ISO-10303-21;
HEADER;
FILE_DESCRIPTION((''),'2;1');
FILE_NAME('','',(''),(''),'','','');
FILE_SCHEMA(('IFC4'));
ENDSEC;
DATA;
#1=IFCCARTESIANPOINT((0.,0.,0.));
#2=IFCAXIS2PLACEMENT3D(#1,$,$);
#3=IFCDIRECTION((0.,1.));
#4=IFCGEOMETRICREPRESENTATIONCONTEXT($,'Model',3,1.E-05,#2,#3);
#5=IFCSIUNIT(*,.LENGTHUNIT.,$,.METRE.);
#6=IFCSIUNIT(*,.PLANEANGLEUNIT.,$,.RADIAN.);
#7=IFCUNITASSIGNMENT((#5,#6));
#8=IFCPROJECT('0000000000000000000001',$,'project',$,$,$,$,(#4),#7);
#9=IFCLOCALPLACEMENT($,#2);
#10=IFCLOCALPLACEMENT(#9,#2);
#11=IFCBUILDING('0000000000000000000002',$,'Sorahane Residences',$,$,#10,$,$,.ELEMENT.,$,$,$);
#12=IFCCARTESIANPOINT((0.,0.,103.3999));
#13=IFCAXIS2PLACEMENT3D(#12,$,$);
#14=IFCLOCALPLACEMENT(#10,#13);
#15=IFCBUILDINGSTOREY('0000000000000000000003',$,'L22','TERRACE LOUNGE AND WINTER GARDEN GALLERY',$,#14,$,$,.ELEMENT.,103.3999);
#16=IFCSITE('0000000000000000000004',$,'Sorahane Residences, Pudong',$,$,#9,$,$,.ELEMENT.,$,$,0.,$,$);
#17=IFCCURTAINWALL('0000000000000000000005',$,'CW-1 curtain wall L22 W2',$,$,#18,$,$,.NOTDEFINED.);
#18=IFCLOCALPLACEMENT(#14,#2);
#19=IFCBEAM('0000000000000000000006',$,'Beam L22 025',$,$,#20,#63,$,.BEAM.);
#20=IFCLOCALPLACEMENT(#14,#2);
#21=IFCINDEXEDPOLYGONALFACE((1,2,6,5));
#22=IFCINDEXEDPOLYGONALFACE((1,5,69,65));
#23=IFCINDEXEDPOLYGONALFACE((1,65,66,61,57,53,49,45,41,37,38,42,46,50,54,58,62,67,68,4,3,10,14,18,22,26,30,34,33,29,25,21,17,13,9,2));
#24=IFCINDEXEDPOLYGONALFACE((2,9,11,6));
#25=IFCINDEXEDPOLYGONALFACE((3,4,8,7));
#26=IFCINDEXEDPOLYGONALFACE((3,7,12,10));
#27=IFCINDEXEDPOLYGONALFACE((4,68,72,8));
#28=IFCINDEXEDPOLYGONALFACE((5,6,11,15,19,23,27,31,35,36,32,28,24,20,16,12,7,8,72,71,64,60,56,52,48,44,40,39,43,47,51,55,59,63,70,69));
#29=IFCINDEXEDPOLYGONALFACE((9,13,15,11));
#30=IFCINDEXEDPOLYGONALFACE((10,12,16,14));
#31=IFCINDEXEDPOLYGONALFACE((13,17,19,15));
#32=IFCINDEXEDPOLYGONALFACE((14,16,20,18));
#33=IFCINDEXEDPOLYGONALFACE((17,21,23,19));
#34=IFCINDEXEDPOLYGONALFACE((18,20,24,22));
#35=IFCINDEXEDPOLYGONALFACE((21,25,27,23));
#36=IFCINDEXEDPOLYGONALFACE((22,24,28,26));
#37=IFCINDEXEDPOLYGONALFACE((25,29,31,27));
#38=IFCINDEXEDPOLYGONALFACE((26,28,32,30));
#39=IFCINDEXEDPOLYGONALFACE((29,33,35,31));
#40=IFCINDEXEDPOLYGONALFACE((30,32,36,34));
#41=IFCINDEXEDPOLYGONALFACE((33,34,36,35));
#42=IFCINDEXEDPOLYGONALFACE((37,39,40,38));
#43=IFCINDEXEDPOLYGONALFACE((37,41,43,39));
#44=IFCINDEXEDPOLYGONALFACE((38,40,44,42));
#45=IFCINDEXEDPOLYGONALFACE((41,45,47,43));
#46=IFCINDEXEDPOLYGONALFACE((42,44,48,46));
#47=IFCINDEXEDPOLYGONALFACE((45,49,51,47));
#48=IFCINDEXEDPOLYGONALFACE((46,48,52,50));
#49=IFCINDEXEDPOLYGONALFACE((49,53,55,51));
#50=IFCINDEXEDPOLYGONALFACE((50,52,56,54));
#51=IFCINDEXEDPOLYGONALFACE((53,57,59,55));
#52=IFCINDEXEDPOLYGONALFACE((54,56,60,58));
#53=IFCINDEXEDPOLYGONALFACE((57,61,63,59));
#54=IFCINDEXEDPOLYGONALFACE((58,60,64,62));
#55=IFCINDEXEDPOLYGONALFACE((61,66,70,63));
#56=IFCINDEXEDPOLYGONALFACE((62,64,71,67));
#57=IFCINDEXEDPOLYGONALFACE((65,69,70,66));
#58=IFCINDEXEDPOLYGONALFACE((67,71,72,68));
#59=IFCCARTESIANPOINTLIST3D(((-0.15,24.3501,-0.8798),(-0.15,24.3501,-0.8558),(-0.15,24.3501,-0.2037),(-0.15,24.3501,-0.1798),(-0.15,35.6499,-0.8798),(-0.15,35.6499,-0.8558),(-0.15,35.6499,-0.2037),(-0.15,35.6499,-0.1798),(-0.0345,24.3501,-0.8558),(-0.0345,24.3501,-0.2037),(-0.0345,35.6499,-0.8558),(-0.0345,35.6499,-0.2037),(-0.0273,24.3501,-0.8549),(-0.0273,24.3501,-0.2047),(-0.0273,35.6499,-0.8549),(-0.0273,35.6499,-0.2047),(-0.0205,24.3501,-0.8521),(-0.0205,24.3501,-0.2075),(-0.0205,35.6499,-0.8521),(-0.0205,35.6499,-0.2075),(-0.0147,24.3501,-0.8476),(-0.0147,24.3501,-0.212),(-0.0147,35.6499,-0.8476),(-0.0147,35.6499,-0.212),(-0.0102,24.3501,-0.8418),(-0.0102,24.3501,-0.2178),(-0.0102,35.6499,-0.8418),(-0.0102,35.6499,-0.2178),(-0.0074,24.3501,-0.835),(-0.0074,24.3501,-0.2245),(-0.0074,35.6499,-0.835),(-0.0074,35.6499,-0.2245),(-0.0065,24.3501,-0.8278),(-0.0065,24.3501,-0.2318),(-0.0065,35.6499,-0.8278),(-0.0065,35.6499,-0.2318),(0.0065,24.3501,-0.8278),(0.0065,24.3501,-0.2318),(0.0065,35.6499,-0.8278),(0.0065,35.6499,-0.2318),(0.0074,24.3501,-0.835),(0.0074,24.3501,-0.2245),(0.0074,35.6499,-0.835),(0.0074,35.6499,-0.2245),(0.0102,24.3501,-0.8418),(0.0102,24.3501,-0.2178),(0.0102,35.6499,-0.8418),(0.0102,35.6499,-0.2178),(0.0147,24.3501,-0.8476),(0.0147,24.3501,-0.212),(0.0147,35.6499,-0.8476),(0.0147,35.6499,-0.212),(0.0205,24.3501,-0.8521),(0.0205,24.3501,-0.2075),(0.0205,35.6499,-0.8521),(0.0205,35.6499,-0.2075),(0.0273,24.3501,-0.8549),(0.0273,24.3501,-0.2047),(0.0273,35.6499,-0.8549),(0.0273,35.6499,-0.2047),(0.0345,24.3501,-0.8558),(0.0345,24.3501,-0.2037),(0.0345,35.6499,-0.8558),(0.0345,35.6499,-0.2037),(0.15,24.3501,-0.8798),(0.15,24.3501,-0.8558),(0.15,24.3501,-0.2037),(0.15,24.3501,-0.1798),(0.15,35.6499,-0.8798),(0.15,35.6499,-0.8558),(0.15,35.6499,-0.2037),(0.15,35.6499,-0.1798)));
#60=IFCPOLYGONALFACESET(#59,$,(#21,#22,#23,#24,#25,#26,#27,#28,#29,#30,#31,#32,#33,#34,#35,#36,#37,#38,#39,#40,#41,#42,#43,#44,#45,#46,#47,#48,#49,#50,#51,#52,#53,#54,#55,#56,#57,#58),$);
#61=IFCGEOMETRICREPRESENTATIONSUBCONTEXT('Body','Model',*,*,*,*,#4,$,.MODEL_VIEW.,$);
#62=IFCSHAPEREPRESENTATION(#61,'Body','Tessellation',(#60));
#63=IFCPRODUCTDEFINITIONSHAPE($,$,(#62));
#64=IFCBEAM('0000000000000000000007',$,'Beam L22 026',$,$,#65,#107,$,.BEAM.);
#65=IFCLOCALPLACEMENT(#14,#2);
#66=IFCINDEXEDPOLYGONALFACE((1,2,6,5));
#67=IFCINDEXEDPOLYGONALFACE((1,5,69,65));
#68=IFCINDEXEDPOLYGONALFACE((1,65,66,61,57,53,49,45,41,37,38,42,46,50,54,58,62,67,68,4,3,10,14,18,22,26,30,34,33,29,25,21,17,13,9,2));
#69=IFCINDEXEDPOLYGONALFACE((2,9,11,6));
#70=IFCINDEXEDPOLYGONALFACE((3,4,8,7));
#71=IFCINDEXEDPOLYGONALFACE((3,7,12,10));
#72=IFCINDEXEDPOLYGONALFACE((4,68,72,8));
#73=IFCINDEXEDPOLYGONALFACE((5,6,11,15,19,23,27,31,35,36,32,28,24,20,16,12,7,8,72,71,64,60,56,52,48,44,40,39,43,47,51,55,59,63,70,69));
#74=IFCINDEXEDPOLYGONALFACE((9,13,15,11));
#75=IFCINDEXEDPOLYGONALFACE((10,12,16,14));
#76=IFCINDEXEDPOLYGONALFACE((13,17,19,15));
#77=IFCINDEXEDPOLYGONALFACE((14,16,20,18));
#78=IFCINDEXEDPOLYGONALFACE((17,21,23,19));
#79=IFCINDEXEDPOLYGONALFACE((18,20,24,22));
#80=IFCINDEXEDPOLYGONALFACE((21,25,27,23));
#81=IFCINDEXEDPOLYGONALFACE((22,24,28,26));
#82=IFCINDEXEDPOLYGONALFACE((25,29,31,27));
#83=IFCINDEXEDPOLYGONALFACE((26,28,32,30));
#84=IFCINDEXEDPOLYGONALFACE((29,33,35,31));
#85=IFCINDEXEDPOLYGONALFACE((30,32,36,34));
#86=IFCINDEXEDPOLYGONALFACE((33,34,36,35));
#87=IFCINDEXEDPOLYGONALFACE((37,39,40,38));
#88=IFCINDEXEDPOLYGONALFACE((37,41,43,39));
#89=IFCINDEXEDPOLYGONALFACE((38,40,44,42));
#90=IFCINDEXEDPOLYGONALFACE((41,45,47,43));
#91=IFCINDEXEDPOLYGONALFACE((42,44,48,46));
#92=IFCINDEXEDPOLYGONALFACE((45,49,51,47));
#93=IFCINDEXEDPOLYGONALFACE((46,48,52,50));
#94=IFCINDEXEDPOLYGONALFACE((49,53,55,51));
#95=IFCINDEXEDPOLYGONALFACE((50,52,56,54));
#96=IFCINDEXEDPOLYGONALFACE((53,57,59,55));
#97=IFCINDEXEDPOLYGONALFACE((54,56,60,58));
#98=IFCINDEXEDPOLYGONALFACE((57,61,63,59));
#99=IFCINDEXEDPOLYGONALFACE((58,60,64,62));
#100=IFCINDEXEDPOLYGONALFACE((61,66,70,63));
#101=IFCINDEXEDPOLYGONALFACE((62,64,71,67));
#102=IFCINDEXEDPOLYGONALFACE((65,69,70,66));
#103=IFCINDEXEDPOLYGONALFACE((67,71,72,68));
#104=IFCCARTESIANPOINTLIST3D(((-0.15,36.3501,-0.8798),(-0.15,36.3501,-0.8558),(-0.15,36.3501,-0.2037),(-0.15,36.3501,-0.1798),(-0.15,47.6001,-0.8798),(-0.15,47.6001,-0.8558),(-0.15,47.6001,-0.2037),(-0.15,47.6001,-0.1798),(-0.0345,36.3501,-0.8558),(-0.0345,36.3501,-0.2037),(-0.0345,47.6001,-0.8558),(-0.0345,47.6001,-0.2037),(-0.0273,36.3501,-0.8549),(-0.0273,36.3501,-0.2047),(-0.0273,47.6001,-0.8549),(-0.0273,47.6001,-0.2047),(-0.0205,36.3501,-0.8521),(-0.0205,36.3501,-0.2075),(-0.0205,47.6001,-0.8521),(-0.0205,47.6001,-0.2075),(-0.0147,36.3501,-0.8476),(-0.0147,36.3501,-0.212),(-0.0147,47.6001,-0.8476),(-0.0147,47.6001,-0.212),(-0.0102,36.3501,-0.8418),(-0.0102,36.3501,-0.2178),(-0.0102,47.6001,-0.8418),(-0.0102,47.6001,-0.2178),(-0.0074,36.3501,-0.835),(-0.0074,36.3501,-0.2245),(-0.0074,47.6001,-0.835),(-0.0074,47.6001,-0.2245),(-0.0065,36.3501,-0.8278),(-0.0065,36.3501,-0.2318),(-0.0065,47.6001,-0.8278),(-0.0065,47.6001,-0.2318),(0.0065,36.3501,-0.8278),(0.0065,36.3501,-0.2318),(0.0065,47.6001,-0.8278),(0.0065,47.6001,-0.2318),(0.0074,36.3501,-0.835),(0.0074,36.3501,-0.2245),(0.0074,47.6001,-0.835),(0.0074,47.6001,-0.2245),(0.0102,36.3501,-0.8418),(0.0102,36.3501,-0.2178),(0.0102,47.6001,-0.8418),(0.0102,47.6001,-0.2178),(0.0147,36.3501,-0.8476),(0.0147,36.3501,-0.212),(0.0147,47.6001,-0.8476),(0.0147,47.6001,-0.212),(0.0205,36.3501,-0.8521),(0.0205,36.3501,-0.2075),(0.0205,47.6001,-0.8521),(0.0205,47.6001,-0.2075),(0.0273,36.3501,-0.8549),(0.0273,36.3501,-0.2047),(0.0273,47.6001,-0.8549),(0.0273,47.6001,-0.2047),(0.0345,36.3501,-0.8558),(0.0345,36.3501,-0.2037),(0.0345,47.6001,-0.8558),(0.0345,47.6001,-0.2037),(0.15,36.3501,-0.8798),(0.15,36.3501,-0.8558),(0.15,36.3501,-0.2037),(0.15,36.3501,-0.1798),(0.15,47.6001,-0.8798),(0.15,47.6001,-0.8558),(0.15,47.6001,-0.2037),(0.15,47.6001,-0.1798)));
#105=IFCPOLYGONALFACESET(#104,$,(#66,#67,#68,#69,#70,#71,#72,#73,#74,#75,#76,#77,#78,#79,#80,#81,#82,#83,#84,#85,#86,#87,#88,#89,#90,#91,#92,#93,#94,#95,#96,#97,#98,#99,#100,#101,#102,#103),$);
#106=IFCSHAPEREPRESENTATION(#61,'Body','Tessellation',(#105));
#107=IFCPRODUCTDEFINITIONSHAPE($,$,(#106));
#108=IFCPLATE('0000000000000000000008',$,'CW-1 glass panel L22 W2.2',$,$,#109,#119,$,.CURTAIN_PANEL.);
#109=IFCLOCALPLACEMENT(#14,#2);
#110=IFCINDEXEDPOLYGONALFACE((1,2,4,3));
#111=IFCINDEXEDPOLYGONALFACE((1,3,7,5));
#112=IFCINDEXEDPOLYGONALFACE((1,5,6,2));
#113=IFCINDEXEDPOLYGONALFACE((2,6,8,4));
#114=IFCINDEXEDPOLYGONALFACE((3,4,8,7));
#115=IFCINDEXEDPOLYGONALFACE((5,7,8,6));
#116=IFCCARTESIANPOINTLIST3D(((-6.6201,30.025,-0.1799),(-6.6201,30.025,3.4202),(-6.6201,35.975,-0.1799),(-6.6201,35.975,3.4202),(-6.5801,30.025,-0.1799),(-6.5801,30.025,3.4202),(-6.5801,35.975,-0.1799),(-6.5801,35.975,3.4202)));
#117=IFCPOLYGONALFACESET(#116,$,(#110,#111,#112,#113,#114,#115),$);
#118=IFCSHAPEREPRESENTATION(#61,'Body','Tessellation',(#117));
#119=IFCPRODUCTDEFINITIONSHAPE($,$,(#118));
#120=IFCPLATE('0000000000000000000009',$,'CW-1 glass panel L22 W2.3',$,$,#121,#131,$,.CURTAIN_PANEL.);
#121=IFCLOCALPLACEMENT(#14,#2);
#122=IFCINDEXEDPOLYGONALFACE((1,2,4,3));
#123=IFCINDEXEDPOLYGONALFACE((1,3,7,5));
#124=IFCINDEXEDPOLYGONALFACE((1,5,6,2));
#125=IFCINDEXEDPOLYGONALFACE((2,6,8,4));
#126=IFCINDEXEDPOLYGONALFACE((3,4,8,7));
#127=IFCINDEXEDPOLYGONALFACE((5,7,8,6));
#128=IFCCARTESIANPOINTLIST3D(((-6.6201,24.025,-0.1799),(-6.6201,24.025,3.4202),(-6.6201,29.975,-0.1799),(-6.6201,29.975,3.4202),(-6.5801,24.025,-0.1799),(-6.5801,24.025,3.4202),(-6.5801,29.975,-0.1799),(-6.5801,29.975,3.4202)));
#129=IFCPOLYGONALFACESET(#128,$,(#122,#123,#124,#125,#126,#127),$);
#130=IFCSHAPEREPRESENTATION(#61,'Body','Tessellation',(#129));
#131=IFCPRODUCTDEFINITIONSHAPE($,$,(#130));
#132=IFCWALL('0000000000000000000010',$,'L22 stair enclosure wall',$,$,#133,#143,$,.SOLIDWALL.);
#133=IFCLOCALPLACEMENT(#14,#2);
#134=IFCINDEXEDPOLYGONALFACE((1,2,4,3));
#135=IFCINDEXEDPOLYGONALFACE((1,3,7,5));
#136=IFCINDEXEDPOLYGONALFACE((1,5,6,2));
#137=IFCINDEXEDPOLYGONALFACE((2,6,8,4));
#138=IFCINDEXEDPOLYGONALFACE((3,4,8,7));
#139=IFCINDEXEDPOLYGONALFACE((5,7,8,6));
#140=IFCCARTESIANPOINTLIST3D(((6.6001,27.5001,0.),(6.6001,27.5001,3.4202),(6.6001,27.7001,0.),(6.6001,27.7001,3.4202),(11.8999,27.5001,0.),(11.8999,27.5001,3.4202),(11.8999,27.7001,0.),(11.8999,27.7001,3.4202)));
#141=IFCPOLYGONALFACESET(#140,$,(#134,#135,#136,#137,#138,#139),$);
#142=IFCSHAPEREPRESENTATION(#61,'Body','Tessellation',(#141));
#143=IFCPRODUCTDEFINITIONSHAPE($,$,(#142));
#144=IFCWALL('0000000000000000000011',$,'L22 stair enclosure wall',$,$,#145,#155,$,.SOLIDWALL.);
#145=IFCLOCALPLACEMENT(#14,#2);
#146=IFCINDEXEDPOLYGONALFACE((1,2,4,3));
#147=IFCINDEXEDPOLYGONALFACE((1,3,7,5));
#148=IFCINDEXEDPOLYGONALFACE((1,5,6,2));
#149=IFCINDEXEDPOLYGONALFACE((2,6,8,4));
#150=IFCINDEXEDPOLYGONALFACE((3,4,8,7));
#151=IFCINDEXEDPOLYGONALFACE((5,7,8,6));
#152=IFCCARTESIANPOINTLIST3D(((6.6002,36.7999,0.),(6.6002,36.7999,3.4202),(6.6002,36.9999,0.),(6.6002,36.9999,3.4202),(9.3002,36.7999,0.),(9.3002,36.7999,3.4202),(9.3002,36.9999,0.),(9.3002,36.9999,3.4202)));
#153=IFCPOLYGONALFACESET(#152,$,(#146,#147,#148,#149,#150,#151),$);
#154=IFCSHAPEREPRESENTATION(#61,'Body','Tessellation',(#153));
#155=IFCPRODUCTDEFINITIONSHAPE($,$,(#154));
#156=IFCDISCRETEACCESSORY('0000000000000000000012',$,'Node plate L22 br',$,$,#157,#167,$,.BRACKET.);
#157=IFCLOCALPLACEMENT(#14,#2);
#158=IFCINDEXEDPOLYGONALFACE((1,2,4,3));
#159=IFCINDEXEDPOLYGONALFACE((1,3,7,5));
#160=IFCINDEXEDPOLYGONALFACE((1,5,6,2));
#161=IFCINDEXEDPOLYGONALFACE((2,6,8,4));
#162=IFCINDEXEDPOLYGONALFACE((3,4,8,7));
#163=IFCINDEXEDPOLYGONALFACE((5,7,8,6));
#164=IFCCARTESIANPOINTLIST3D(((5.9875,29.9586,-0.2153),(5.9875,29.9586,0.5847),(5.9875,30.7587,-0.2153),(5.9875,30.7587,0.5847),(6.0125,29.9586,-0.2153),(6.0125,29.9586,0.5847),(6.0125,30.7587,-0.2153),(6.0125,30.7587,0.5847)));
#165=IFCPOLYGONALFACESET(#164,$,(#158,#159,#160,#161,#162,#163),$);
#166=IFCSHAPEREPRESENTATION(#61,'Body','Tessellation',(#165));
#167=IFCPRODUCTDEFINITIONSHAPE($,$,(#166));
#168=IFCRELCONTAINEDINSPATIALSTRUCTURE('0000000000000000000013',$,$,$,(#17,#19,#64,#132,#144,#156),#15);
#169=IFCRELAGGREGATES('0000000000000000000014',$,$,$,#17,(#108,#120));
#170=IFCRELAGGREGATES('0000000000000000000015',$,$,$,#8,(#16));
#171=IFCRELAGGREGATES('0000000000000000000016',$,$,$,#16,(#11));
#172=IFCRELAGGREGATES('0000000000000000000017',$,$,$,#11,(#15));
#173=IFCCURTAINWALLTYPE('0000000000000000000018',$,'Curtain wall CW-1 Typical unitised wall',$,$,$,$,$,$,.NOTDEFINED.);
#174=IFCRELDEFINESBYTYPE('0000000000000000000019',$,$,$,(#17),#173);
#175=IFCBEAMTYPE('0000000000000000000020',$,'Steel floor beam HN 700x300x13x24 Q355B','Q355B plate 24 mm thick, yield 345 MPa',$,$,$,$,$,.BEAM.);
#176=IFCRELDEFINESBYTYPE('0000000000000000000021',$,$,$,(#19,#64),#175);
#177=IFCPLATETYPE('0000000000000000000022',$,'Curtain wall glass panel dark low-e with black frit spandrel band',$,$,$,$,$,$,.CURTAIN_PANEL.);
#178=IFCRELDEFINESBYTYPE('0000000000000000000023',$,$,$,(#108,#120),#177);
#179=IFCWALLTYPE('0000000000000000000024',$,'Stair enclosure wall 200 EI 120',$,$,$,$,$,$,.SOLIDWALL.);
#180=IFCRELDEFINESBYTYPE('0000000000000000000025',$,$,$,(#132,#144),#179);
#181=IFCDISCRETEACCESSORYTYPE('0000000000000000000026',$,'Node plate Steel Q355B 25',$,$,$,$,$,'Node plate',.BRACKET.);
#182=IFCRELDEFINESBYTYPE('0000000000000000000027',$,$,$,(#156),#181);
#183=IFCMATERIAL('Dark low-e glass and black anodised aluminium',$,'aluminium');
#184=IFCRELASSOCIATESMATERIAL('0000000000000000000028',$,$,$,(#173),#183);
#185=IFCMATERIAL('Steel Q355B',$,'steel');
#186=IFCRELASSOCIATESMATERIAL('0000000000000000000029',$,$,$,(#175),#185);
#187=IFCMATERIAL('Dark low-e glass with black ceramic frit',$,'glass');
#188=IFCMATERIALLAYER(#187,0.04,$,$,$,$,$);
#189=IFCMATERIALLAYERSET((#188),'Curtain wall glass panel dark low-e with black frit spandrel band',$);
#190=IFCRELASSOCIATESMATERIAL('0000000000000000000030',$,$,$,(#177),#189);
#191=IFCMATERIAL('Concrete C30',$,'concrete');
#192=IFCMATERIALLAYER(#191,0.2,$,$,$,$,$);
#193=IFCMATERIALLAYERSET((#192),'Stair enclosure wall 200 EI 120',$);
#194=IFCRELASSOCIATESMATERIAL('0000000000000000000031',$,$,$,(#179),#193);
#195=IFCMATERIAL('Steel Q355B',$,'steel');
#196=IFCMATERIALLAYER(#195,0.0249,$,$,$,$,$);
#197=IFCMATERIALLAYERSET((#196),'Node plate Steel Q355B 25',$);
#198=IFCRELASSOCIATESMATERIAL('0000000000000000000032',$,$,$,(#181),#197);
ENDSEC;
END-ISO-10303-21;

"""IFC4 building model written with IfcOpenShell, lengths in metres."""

from ifc_helpers import new_model, si_unit, direction, frame, frame_2d, origin, origin_2d, place, context, subcontext, project, spatial, rectangle, i_section, extrude, material, layer, layer_set, material_profile, profile_set, type_object, element, aggregate, save


model = new_model("IFC4")

# Units and contexts
model_context = context("Model", 3, precision=1e-05, world=origin(), true_north=direction((0.0, 1.0)))
body_context = subcontext(model_context, "Body", "Model", "MODEL_VIEW")
ifc_project = project(units=[si_unit("LENGTHUNIT", "METRE"), si_unit("PLANEANGLEUNIT", "RADIAN")], contexts=[model_context])

# Site, building, storey
site_placement = place(None, origin())
site = spatial("IfcSite", under=ifc_project, at=site_placement, Name="Sorahane Residences, Pudong", CompositionType="ELEMENT", RefElevation=0.0)
building_placement = place(site_placement, origin())
building = spatial("IfcBuilding", under=site, at=building_placement, Name="Sorahane Residences", CompositionType="ELEMENT")
storey_placement = place(building_placement, frame((0.0, 0.0, 103.3999)))
storey = spatial("IfcBuildingStorey", under=building, at=storey_placement, Name="L22", Description="TERRACE LOUNGE AND WINTER GARDEN GALLERY", CompositionType="ELEMENT", Elevation=103.3999)

# Curtain wall
ifc_material_1 = material(Name="Dark low-e glass and black anodised aluminium", Category="aluminium")
curtain_wall_type = type_object("IfcCurtainWallType", Name="Curtain wall CW-1 Typical unitised wall", PredefinedType="NOTDEFINED", material=ifc_material_1)
curtain_wall_placement = place(storey_placement, origin())
curtain_wall = element("IfcCurtainWall", 1, at=curtain_wall_placement, inside=storey, type_object=curtain_wall_type, Name="CW-1 curtain wall L22 W2", PredefinedType="NOTDEFINED")

# Beams
ifc_material_2 = material(Name="Steel Q355B", Category="steel")
ifc_material_profile_1 = material_profile(ifc_material_2, i_section(OverallWidth=0.3, OverallDepth=0.7, WebThickness=0.0129, FlangeThickness=0.0239, FilletRadius=0.0281, at=origin_2d()), Name="HN 700x300x13x24")
ifc_profile_set_1 = profile_set([ifc_material_profile_1], Name="Steel Q355B")
beam_type_1 = type_object("IfcBeamType", Name="Steel floor beam HN 700x300x13x24 Q355B", Description="Q355B plate 24 mm thick, yield 345 MPa", PredefinedType="BEAM", material=ifc_profile_set_1)
beam_1_placement = place(storey_placement, frame((0.0, 24.3501, -0.5298), z_axis=(0.0, 1.0, 0.0), x_axis=(-1.0, 0.0, 0.0)))
element("IfcBeam", 2, at=beam_1_placement, inside=storey, type_object=beam_type_1, Name="Beam L22 025", PredefinedType="BEAM", context=body_context, shape_type="SweptSolid", body=[
    extrude(i_section(OverallWidth=0.3, OverallDepth=0.7, WebThickness=0.0129, FlangeThickness=0.0239, FilletRadius=0.0281, at=origin_2d()), origin(), (0.0, 0.0, 1.0), 11.2998),
])
beam_2_placement = place(storey_placement, frame((0.0, 36.3501, -0.5298), z_axis=(0.0, 1.0, 0.0), x_axis=(-1.0, 0.0, 0.0)))
element("IfcBeam", 3, at=beam_2_placement, inside=storey, type_object=beam_type_1, Name="Beam L22 026", PredefinedType="BEAM", context=body_context, shape_type="SweptSolid", body=[
    extrude(i_section(OverallWidth=0.3, OverallDepth=0.7, WebThickness=0.0129, FlangeThickness=0.0239, FilletRadius=0.0281, at=origin_2d()), origin(), (0.0, 0.0, 1.0), 11.25),
])

# Plates
ifc_material_3 = material(Name="Dark low-e glass with black ceramic frit", Category="glass")
ifc_layer_1 = layer(ifc_material_3, 0.04)
ifc_layer_set_1 = layer_set([ifc_layer_1], Name="Curtain wall glass panel dark low-e with black frit spandrel band")
plate_type = type_object("IfcPlateType", Name="Curtain wall glass panel dark low-e with black frit spandrel band", PredefinedType="CURTAIN_PANEL", material=ifc_layer_set_1)
plate_1_placement = place(storey_placement, frame((-6.6001, 33.0, -0.1799), z_axis=(0.0, 0.0, 1.0), x_axis=(0.0, -1.0, 0.0)))
plate_1 = element("IfcPlate", 4, at=plate_1_placement, type_object=plate_type, Name="CW-1 glass panel L22 W2.2", PredefinedType="CURTAIN_PANEL", context=body_context, shape_type="SweptSolid", body=[
    extrude(rectangle(XDim=5.95, YDim=0.04, at=origin_2d()), origin(), (0.0, 0.0, 1.0), 3.6001),
])
plate_2_placement = place(storey_placement, frame((-6.6001, 27.0, -0.1799), z_axis=(0.0, 0.0, 1.0), x_axis=(0.0, -1.0, 0.0)))
plate_2 = element("IfcPlate", 5, at=plate_2_placement, type_object=plate_type, Name="CW-1 glass panel L22 W2.3", PredefinedType="CURTAIN_PANEL", context=body_context, shape_type="SweptSolid", body=[
    extrude(rectangle(XDim=5.95, YDim=0.04, at=origin_2d()), origin(), (0.0, 0.0, 1.0), 3.6001),
])
aggregate(curtain_wall, [plate_1, plate_2])

# Walls
ifc_material_4 = material(Name="Concrete C30", Category="concrete")
ifc_layer_2 = layer(ifc_material_4, 0.2)
ifc_layer_set_2 = layer_set([ifc_layer_2], Name="Stair enclosure wall 200 EI 120")
wall_type = type_object("IfcWallType", Name="Stair enclosure wall 200 EI 120", PredefinedType="SOLIDWALL", material=ifc_layer_set_2)
wall_1_placement = place(storey_placement, frame((6.6001, 27.6001, 0.0), z_axis=(0.0, 0.0, 1.0), x_axis=(1.0, 0.0, 0.0)))
element("IfcWall", 6, at=wall_1_placement, inside=storey, type_object=wall_type, Name="L22 stair enclosure wall", PredefinedType="SOLIDWALL", context=body_context, shape_type="SweptSolid", body=[
    extrude(rectangle(XDim=5.2998, YDim=0.2, at=frame_2d((2.6499, 0.0))), origin(), (0.0, 0.0, 1.0), 3.4202),
])
wall_2_placement = place(storey_placement, frame((6.6001, 36.8999, 0.0), z_axis=(0.0, 0.0, 1.0), x_axis=(1.0, 0.0, 0.0)))
element("IfcWall", 7, at=wall_2_placement, inside=storey, type_object=wall_type, Name="L22 stair enclosure wall", PredefinedType="SOLIDWALL", context=body_context, shape_type="SweptSolid", body=[
    extrude(rectangle(XDim=2.7, YDim=0.2, at=frame_2d((1.3501, 0.0))), origin(), (0.0, 0.0, 1.0), 3.4202),
])

# Discrete accessory
ifc_material_5 = material(Name="Steel Q355B", Category="steel")
ifc_layer_3 = layer(ifc_material_5, 0.0249)
ifc_layer_set_3 = layer_set([ifc_layer_3], Name="Node plate Steel Q355B 25")
discrete_accessory_type = type_object("IfcDiscreteAccessoryType", Name="Node plate Steel Q355B 25", ElementType="Node plate", PredefinedType="BRACKET", material=ifc_layer_set_3)
discrete_accessory_placement = place(storey_placement, frame((6.0, 30.3586, -0.2153), z_axis=(0.0, 0.0, 1.0), x_axis=(0.0, 1.0, 0.0)))
element("IfcDiscreteAccessory", 8, at=discrete_accessory_placement, inside=storey, type_object=discrete_accessory_type, Name="Node plate L22 br", PredefinedType="BRACKET", context=body_context, shape_type="SweptSolid", body=[
    extrude(rectangle(XDim=0.8, YDim=0.0249, at=origin_2d()), origin(), (0.0, 0.0, 1.0), 0.8),
])

save(model, "model.ifc")
